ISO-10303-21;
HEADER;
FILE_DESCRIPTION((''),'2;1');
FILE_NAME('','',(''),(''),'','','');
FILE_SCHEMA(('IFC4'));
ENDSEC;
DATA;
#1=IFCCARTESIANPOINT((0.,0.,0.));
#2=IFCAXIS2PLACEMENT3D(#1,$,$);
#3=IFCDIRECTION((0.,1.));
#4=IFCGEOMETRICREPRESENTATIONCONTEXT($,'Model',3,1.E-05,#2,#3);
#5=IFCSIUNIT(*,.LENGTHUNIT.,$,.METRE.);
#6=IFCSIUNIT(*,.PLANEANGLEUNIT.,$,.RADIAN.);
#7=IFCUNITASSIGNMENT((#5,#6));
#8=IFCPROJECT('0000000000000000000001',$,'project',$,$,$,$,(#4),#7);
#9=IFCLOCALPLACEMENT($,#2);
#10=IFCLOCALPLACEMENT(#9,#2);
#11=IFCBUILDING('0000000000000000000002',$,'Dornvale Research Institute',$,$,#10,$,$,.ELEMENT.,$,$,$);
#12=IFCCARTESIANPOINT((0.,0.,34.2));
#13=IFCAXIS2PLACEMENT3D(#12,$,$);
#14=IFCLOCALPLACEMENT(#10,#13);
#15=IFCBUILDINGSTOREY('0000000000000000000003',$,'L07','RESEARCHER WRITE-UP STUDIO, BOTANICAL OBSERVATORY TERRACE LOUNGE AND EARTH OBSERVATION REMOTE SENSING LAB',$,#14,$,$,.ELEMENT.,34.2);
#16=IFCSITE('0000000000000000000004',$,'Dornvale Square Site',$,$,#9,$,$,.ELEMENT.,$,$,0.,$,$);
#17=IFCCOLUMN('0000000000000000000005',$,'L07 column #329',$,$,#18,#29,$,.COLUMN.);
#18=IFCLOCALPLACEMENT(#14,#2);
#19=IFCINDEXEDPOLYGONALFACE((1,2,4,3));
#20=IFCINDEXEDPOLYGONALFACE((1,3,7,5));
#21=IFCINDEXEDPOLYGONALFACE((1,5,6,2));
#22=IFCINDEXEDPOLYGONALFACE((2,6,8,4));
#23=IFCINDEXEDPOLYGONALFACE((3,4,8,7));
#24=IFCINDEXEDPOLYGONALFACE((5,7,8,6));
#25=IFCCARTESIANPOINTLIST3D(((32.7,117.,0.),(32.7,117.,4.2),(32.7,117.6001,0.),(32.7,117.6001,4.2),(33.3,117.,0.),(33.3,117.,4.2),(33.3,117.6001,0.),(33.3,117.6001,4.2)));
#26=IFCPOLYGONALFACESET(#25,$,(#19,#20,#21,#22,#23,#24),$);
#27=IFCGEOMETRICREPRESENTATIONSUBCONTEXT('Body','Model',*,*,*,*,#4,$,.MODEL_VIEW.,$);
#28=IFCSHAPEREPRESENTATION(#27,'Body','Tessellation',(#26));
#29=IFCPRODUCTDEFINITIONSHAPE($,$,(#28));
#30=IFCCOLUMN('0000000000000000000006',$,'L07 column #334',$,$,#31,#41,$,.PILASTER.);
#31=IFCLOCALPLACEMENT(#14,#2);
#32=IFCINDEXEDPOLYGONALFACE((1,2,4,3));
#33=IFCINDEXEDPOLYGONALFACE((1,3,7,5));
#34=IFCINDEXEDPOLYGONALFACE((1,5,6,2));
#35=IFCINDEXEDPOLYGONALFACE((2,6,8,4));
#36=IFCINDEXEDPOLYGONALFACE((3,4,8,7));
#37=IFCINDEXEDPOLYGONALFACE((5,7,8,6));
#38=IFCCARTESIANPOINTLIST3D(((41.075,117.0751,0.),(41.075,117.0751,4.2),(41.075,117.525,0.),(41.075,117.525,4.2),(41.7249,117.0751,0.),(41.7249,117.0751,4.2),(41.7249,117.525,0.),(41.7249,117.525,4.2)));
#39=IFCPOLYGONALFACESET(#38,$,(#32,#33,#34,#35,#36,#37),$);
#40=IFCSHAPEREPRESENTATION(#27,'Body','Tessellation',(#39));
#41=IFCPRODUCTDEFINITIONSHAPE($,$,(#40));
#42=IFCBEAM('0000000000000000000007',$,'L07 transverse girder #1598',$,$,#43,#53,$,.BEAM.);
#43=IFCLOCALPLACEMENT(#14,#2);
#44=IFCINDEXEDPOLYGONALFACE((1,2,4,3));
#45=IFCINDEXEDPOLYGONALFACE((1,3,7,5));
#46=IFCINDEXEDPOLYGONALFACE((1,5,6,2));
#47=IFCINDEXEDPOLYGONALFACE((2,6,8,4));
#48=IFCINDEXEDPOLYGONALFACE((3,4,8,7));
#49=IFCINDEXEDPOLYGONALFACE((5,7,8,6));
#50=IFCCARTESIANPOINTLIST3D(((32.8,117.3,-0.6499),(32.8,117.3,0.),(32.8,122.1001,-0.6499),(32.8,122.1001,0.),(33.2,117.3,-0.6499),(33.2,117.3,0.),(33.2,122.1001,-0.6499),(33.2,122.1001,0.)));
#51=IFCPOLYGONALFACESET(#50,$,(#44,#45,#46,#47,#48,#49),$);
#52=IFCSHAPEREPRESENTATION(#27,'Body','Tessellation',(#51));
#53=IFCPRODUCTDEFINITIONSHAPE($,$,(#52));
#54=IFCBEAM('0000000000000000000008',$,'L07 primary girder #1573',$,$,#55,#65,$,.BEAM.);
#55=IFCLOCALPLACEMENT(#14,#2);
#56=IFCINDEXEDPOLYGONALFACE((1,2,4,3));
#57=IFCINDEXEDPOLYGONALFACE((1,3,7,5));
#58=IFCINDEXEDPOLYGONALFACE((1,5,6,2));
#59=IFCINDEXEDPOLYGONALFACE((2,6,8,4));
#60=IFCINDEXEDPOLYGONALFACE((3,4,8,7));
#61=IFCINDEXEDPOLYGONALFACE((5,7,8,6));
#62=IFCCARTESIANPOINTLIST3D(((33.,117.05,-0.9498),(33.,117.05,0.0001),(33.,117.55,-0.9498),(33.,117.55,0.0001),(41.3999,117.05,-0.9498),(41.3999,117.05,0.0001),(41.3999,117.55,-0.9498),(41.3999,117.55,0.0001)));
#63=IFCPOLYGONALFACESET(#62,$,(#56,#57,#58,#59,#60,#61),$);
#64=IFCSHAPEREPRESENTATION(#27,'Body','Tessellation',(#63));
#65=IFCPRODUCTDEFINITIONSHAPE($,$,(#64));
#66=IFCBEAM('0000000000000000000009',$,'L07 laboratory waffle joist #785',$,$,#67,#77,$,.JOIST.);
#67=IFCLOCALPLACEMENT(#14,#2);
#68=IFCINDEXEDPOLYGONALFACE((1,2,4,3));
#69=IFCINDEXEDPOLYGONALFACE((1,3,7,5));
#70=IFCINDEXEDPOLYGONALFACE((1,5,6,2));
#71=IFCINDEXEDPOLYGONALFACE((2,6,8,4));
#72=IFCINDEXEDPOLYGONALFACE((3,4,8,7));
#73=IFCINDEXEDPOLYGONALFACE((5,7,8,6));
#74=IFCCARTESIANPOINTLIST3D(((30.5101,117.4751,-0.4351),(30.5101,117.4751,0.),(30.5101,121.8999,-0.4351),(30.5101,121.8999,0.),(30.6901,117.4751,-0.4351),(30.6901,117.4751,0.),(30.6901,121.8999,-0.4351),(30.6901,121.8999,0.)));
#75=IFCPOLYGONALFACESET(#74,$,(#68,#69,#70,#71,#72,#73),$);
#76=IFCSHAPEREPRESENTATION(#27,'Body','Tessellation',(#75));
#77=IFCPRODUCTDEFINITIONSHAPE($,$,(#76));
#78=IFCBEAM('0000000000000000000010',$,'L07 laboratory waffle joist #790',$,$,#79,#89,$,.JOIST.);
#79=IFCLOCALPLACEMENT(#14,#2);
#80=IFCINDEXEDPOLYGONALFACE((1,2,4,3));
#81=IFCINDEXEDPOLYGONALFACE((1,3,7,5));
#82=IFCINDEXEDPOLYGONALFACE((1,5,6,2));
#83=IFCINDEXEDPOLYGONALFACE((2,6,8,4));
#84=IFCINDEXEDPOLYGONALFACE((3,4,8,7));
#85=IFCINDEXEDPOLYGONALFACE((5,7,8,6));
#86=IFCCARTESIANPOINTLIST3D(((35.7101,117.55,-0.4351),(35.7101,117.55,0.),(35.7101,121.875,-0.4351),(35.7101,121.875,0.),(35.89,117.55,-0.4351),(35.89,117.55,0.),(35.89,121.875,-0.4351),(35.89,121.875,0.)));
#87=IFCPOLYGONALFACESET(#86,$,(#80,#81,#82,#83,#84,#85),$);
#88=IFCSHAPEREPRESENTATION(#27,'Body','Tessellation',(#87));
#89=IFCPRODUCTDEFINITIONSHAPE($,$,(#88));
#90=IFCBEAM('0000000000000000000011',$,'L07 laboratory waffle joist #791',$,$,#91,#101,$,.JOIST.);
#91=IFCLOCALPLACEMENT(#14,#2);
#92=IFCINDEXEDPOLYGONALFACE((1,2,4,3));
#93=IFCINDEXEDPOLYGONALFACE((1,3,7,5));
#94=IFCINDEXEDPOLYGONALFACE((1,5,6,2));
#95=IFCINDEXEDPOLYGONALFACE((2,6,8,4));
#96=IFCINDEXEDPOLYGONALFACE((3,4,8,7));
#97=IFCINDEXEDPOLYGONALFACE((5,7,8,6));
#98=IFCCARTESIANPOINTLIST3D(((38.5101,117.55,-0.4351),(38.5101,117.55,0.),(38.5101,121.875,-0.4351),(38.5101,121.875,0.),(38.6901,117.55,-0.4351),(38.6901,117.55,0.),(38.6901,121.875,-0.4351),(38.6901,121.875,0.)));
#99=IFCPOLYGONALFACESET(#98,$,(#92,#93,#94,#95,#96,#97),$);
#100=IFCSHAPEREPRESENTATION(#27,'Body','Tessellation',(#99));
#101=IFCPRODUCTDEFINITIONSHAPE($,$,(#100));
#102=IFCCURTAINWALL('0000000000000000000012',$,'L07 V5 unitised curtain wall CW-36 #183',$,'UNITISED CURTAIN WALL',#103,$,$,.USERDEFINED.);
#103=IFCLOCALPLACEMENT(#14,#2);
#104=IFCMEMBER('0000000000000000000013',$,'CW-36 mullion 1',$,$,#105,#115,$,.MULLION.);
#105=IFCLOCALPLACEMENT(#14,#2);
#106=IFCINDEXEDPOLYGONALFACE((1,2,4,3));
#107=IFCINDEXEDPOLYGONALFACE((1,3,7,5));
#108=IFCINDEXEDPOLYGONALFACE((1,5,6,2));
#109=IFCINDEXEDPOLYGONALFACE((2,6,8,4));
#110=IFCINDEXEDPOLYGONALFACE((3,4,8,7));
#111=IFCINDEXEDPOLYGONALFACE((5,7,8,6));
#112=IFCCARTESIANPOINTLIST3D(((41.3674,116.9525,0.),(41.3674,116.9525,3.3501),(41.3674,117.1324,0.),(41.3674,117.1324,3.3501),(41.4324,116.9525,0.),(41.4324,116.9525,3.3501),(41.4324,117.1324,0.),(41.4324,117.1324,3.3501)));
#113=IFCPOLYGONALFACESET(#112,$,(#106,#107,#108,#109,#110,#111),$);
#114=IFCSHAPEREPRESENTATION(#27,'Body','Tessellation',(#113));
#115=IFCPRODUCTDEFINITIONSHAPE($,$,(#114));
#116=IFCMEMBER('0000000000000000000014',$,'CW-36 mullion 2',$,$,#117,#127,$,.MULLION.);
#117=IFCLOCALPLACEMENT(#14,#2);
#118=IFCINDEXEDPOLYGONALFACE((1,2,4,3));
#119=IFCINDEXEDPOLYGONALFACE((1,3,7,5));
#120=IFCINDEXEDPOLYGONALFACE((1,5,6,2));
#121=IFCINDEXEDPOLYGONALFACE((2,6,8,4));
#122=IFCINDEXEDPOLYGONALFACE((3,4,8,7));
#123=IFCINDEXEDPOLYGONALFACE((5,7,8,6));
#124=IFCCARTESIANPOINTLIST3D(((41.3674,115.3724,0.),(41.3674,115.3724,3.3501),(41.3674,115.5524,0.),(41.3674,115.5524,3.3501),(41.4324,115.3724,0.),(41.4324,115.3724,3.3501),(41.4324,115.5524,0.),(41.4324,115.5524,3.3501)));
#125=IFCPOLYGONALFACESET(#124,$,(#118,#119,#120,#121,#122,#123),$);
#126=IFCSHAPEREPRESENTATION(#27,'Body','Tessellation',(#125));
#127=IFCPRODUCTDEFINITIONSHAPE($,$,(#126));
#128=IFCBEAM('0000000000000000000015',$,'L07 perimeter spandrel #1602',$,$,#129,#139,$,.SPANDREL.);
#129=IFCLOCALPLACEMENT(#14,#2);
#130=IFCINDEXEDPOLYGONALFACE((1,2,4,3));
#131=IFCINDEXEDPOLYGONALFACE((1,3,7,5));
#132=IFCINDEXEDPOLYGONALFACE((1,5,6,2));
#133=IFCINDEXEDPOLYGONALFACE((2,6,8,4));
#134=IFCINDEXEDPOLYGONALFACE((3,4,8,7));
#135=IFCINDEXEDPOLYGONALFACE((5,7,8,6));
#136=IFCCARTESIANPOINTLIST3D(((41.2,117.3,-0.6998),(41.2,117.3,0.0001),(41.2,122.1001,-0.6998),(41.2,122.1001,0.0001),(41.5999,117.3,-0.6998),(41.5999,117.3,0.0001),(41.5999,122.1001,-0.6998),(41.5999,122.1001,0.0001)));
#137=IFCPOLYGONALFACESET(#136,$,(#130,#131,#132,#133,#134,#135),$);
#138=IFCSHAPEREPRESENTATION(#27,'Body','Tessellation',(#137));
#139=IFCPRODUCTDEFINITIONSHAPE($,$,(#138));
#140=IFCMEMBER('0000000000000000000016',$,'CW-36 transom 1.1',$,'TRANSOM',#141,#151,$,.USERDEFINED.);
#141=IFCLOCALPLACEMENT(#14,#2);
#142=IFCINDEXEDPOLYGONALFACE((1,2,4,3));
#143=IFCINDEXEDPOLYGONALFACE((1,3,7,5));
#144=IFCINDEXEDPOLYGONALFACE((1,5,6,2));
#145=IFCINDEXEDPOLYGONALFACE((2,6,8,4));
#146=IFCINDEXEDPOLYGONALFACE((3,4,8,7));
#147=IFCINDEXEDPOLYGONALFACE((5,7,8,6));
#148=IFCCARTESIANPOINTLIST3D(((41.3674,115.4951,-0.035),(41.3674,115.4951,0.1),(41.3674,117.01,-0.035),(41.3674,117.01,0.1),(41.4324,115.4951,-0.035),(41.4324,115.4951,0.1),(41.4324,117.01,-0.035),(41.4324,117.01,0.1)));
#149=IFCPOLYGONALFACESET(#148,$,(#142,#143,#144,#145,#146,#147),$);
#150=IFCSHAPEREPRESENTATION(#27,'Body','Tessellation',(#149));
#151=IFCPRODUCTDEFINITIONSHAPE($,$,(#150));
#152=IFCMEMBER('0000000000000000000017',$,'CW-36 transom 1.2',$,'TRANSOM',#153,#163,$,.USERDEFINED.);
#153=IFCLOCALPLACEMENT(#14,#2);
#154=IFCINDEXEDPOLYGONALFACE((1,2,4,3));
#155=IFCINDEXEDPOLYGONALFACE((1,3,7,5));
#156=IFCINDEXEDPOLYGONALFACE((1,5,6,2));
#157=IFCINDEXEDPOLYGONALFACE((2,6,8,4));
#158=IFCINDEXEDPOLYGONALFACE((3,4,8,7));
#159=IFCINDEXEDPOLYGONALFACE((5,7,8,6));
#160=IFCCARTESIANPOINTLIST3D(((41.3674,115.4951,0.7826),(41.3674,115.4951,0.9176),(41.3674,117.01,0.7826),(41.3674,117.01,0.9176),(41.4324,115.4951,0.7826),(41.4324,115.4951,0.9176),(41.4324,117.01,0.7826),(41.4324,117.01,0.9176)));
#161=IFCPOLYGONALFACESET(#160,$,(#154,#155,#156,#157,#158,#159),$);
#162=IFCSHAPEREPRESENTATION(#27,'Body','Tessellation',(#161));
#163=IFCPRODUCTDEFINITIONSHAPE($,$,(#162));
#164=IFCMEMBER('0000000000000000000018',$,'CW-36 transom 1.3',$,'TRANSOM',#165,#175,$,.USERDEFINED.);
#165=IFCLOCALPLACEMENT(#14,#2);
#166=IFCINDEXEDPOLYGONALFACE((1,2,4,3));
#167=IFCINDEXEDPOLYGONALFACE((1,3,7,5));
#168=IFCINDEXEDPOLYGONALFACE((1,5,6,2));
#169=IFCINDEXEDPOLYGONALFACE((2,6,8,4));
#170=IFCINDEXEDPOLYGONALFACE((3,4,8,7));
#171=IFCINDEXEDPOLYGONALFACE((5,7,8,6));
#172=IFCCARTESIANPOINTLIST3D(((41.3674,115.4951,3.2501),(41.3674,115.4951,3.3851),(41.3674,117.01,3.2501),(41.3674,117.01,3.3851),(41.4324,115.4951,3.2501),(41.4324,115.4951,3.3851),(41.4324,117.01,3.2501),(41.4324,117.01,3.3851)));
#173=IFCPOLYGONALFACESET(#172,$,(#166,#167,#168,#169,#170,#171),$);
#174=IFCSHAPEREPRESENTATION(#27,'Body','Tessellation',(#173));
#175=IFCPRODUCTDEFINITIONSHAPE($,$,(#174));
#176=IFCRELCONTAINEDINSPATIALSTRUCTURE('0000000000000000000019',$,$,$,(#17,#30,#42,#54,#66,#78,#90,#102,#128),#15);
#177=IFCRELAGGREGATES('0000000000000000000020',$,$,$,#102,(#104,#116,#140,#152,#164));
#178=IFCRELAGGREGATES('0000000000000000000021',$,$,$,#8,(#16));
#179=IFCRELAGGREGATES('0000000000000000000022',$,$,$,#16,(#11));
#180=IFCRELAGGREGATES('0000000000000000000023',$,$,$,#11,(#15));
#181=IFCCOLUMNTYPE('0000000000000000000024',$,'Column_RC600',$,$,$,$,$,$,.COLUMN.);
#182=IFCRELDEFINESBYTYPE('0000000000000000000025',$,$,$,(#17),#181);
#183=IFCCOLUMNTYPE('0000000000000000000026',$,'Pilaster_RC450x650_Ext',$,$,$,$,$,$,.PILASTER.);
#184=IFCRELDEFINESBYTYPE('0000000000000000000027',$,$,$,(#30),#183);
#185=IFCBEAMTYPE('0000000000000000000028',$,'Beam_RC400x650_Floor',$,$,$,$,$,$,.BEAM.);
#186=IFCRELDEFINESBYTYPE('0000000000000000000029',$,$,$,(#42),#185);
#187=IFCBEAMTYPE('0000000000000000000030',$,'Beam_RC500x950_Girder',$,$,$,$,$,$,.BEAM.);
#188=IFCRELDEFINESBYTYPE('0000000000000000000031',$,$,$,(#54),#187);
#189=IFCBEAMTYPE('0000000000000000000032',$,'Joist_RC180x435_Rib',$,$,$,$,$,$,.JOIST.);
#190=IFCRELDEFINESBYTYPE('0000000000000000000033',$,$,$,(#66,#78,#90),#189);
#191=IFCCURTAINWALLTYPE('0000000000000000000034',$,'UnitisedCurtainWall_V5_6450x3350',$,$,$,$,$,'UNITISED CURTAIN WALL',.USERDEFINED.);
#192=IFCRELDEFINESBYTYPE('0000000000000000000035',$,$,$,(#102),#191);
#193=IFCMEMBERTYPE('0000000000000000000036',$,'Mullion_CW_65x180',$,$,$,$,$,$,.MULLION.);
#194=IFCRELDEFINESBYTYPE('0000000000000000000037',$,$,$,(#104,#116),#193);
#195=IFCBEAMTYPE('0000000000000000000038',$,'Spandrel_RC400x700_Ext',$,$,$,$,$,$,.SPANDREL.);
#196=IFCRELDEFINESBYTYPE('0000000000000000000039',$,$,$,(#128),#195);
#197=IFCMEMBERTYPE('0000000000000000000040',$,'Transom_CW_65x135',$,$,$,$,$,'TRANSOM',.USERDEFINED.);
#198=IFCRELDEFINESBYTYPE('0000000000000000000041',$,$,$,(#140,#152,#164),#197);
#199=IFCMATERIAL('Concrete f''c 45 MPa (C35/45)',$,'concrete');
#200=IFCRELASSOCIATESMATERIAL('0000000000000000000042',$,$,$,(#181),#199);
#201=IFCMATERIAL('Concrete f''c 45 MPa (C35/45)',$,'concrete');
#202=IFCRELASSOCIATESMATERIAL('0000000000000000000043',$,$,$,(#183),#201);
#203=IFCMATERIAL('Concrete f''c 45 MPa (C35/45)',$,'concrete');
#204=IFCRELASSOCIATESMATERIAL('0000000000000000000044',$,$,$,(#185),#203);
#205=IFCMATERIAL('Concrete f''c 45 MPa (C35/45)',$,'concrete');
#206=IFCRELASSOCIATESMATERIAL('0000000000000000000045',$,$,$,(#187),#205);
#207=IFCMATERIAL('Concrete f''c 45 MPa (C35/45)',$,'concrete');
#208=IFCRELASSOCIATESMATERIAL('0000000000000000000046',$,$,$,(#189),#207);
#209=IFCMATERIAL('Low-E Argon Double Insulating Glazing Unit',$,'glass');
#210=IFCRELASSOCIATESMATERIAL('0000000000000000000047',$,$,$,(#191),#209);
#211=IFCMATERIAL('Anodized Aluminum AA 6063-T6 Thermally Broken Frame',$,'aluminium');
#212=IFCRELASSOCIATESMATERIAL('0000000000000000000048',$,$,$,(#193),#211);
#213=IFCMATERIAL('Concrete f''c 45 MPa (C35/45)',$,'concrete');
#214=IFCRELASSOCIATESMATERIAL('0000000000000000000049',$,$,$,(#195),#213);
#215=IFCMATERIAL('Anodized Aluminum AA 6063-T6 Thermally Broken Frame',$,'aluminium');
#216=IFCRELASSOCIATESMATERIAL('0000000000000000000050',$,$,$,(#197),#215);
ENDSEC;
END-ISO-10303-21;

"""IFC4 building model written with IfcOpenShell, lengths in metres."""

from ifc_helpers import new_model, si_unit, direction, frame, origin, origin_2d, place, context, subcontext, project, spatial, rectangle, extrude, material, material_profile, profile_set, type_object, element, aggregate, save


model = new_model("IFC4")

# Units and contexts
model_context = context("Model", 3, precision=1e-05, world=origin(), true_north=direction((0.0, 1.0)))
body_context = subcontext(model_context, "Body", "Model", "MODEL_VIEW")
ifc_project = project(units=[si_unit("LENGTHUNIT", "METRE"), si_unit("PLANEANGLEUNIT", "RADIAN")], contexts=[model_context])

# Site, building, storey
site_placement = place(None, origin())
site = spatial("IfcSite", under=ifc_project, at=site_placement, Name="Dornvale Square Site", CompositionType="ELEMENT", RefElevation=0.0)
building_placement = place(site_placement, origin())
building = spatial("IfcBuilding", under=site, at=building_placement, Name="Dornvale Research Institute", CompositionType="ELEMENT")
storey_placement = place(building_placement, frame((0.0, 0.0, 34.2)))
storey = spatial("IfcBuildingStorey", under=building, at=storey_placement, Name="L07", Description="RESEARCHER WRITE-UP STUDIO, BOTANICAL OBSERVATORY TERRACE LOUNGE AND EARTH OBSERVATION REMOTE SENSING LAB", CompositionType="ELEMENT", Elevation=34.2)

# Columns
ifc_material_1 = material(Name="Concrete f'c 45 MPa (C35/45)", Category="concrete")
ifc_material_profile_1 = material_profile(ifc_material_1, rectangle(XDim=0.6001, YDim=0.6001, at=origin_2d()), Name="RC 600x600")
ifc_profile_set_1 = profile_set([ifc_material_profile_1], Name="Concrete f'c 45 MPa (C35/45)")
column_type_1 = type_object("IfcColumnType", Name="Column_RC600", PredefinedType="COLUMN", material=ifc_profile_set_1)
column_1_placement = place(storey_placement, frame((33.0, 117.3, 0.0), z_axis=(0.0, 0.0, 1.0), x_axis=(1.0, 0.0, 0.0)))
element("IfcColumn", 1, at=column_1_placement, inside=storey, type_object=column_type_1, Name="L07 column #329", PredefinedType="COLUMN", context=body_context, shape_type="SweptSolid", body=[
    extrude(rectangle(XDim=0.6001, YDim=0.6001, at=origin_2d()), origin(), (0.0, 0.0, 1.0), 4.2),
])
ifc_material_2 = material(Name="Concrete f'c 45 MPa (C35/45)", Category="concrete")
ifc_material_profile_2 = material_profile(ifc_material_2, rectangle(XDim=0.45, YDim=0.6499, at=origin_2d()), Name="RC 450x650")
ifc_profile_set_2 = profile_set([ifc_material_profile_2], Name="Concrete f'c 45 MPa (C35/45)")
column_type_2 = type_object("IfcColumnType", Name="Pilaster_RC450x650_Ext", PredefinedType="PILASTER", material=ifc_profile_set_2)
column_2_placement = place(storey_placement, frame((41.3999, 117.3, 0.0), z_axis=(0.0, 0.0, 1.0), x_axis=(0.0, 1.0, 0.0)))
element("IfcColumn", 2, at=column_2_placement, inside=storey, type_object=column_type_2, Name="L07 column #334", PredefinedType="PILASTER", context=body_context, shape_type="SweptSolid", body=[
    extrude(rectangle(XDim=0.45, YDim=0.6499, at=origin_2d()), origin(), (0.0, 0.0, 1.0), 4.2),
])

# Beams
ifc_material_3 = material(Name="Concrete f'c 45 MPa (C35/45)", Category="concrete")
ifc_material_profile_3 = material_profile(ifc_material_3, rectangle(XDim=0.3999, YDim=0.6499, at=origin_2d()), Name="RC 400x650")
ifc_profile_set_3 = profile_set([ifc_material_profile_3], Name="Concrete f'c 45 MPa (C35/45)")
beam_type_1 = type_object("IfcBeamType", Name="Beam_RC400x650_Floor", PredefinedType="BEAM", material=ifc_profile_set_3)
beam_1_placement = place(storey_placement, frame((33.0, 117.3, -0.325), z_axis=(0.0, 1.0, 0.0), x_axis=(-1.0, 0.0, 0.0)))
element("IfcBeam", 3, at=beam_1_placement, inside=storey, type_object=beam_type_1, Name="L07 transverse girder #1598", PredefinedType="BEAM", context=body_context, shape_type="SweptSolid", body=[
    extrude(rectangle(XDim=0.3999, YDim=0.6499, at=origin_2d()), origin(), (0.0, 0.0, 1.0), 4.8),
])
ifc_material_4 = material(Name="Concrete f'c 45 MPa (C35/45)", Category="concrete")
ifc_material_profile_4 = material_profile(ifc_material_4, rectangle(XDim=0.5, YDim=0.95, at=origin_2d()), Name="RC 500x950")
ifc_profile_set_4 = profile_set([ifc_material_profile_4], Name="Concrete f'c 45 MPa (C35/45)")
beam_type_2 = type_object("IfcBeamType", Name="Beam_RC500x950_Girder", PredefinedType="BEAM", material=ifc_profile_set_4)
beam_2_placement = place(storey_placement, frame((33.0, 117.3, -0.4749), z_axis=(1.0, 0.0, 0.0), x_axis=(0.0, 1.0, 0.0)))
element("IfcBeam", 4, at=beam_2_placement, inside=storey, type_object=beam_type_2, Name="L07 primary girder #1573", PredefinedType="BEAM", context=body_context, shape_type="SweptSolid", body=[
    extrude(rectangle(XDim=0.5, YDim=0.95, at=origin_2d()), origin(), (0.0, 0.0, 1.0), 8.3999),
])
ifc_material_5 = material(Name="Concrete f'c 45 MPa (C35/45)", Category="concrete")
ifc_material_profile_5 = material_profile(ifc_material_5, rectangle(XDim=0.1799, YDim=0.4351, at=origin_2d()), Name="RC 180x435")
ifc_profile_set_5 = profile_set([ifc_material_profile_5], Name="Concrete f'c 45 MPa (C35/45)")
beam_type_3 = type_object("IfcBeamType", Name="Joist_RC180x435_Rib", PredefinedType="JOIST", material=ifc_profile_set_5)
beam_3_placement = place(storey_placement, frame((30.6001, 117.4751, -0.2175), z_axis=(0.0, 1.0, 0.0), x_axis=(-1.0, 0.0, 0.0)))
element("IfcBeam", 5, at=beam_3_placement, inside=storey, type_object=beam_type_3, Name="L07 laboratory waffle joist #785", PredefinedType="JOIST", context=body_context, shape_type="SweptSolid", body=[
    extrude(rectangle(XDim=0.1799, YDim=0.4351, at=origin_2d()), origin(), (0.0, 0.0, 1.0), 4.4248),
])
for number, where, z_axis, x_axis, name in (
    (6, (35.8, 117.55, -0.2175), (0.0, 1.0, 0.0), (-1.0, 0.0, 0.0), "L07 laboratory waffle joist #790"),
    (7, (38.6001, 117.55, -0.2175), (0.0, 1.0, 0.0), (-1.0, 0.0, 0.0), "L07 laboratory waffle joist #791"),
):
    element("IfcBeam", number, at=place(storey_placement, frame(where, z_axis=z_axis, x_axis=x_axis)), inside=storey, type_object=beam_type_3, Name=name, PredefinedType="JOIST", context=body_context, shape_type="SweptSolid", body=[
        extrude(rectangle(XDim=0.1799, YDim=0.4351, at=origin_2d()), origin(), (0.0, 0.0, 1.0), 4.325),
    ])

# Curtain wall, members
ifc_material_6 = material(Name="Low-E Argon Double Insulating Glazing Unit", Category="glass")
curtain_wall_type = type_object("IfcCurtainWallType", Name="UnitisedCurtainWall_V5_6450x3350", ElementType="UNITISED CURTAIN WALL", PredefinedType="USERDEFINED", material=ifc_material_6)
curtain_wall_placement = place(storey_placement, origin())
curtain_wall = element("IfcCurtainWall", 8, at=curtain_wall_placement, inside=storey, type_object=curtain_wall_type, Name="L07 V5 unitised curtain wall CW-36 #183", ObjectType="UNITISED CURTAIN WALL", PredefinedType="USERDEFINED")
ifc_material_7 = material(Name="Anodized Aluminum AA 6063-T6 Thermally Broken Frame", Category="aluminium")
ifc_material_profile_6 = material_profile(ifc_material_7, rectangle(XDim=0.0649, YDim=0.1799, at=origin_2d()), Name="ALU MULLION 65x180")
ifc_profile_set_6 = profile_set([ifc_material_profile_6], Name="Anodized Aluminum AA 6063-T6 Thermally Broken Frame")
member_type_1 = type_object("IfcMemberType", Name="Mullion_CW_65x180", PredefinedType="MULLION", material=ifc_profile_set_6)
member_1_placement = place(storey_placement, frame((41.3999, 117.0425, 0.0), z_axis=(0.0, 0.0, 1.0), x_axis=(1.0, 0.0, 0.0)))
member_1 = element("IfcMember", 9, at=member_1_placement, type_object=member_type_1, Name="CW-36 mullion 1", PredefinedType="MULLION", context=body_context, shape_type="SweptSolid", body=[
    extrude(rectangle(XDim=0.0649, YDim=0.1799, at=origin_2d()), origin(), (0.0, 0.0, 1.0), 3.3501),
])
member_2_placement = place(storey_placement, frame((41.3999, 115.4624, 0.0), z_axis=(0.0, 0.0, 1.0), x_axis=(1.0, 0.0, 0.0)))
member_2 = element("IfcMember", 10, at=member_2_placement, type_object=member_type_1, Name="CW-36 mullion 2", PredefinedType="MULLION", context=body_context, shape_type="SweptSolid", body=[
    extrude(rectangle(XDim=0.0649, YDim=0.1799, at=origin_2d()), origin(), (0.0, 0.0, 1.0), 3.3501),
])

# Beam
ifc_material_8 = material(Name="Concrete f'c 45 MPa (C35/45)", Category="concrete")
ifc_material_profile_7 = material_profile(ifc_material_8, rectangle(XDim=0.3999, YDim=0.7, at=origin_2d()), Name="RC 400x700")
ifc_profile_set_7 = profile_set([ifc_material_profile_7], Name="Concrete f'c 45 MPa (C35/45)")
beam_type_4 = type_object("IfcBeamType", Name="Spandrel_RC400x700_Ext", PredefinedType="SPANDREL", material=ifc_profile_set_7)
beam_4_placement = place(storey_placement, frame((41.3999, 117.3, -0.3499), z_axis=(0.0, 1.0, 0.0), x_axis=(-1.0, 0.0, 0.0)))
element("IfcBeam", 11, at=beam_4_placement, inside=storey, type_object=beam_type_4, Name="L07 perimeter spandrel #1602", PredefinedType="SPANDREL", context=body_context, shape_type="SweptSolid", body=[
    extrude(rectangle(XDim=0.3999, YDim=0.7, at=origin_2d()), origin(), (0.0, 0.0, 1.0), 4.8),
])

# Members
ifc_material_9 = material(Name="Anodized Aluminum AA 6063-T6 Thermally Broken Frame", Category="aluminium")
ifc_material_profile_8 = material_profile(ifc_material_9, rectangle(XDim=0.0649, YDim=0.135, at=origin_2d()), Name="ALU TRANSOM 65x135")
ifc_profile_set_8 = profile_set([ifc_material_profile_8], Name="Anodized Aluminum AA 6063-T6 Thermally Broken Frame")
member_type_2 = type_object("IfcMemberType", Name="Transom_CW_65x135", ElementType="TRANSOM", PredefinedType="USERDEFINED", material=ifc_profile_set_8)
member_3_placement = place(storey_placement, frame((41.3999, 117.01, 0.0325), z_axis=(0.0, -1.0, 0.0), x_axis=(1.0, 0.0, 0.0)))
member_3 = element("IfcMember", 12, at=member_3_placement, type_object=member_type_2, Name="CW-36 transom 1.1", ObjectType="TRANSOM", PredefinedType="USERDEFINED", context=body_context, shape_type="SweptSolid", body=[
    extrude(rectangle(XDim=0.0649, YDim=0.135, at=origin_2d()), origin(), (0.0, 0.0, 1.0), 1.5149),
])
member_4_placement = place(storey_placement, frame((41.3999, 117.01, 0.8501), z_axis=(0.0, -1.0, 0.0), x_axis=(1.0, 0.0, 0.0)))
member_4 = element("IfcMember", 13, at=member_4_placement, type_object=member_type_2, Name="CW-36 transom 1.2", ObjectType="TRANSOM", PredefinedType="USERDEFINED", context=body_context, shape_type="SweptSolid", body=[
    extrude(rectangle(XDim=0.0649, YDim=0.135, at=origin_2d()), origin(), (0.0, 0.0, 1.0), 1.5149),
])
member_5_placement = place(storey_placement, frame((41.3999, 117.01, 3.3176), z_axis=(0.0, -1.0, 0.0), x_axis=(1.0, 0.0, 0.0)))
member_5 = element("IfcMember", 14, at=member_5_placement, type_object=member_type_2, Name="CW-36 transom 1.3", ObjectType="TRANSOM", PredefinedType="USERDEFINED", context=body_context, shape_type="SweptSolid", body=[
    extrude(rectangle(XDim=0.0649, YDim=0.135, at=origin_2d()), origin(), (0.0, 0.0, 1.0), 1.5149),
])

aggregate(curtain_wall, [member_1, member_2, member_3, member_4, member_5])

save(model, "model.ifc")
